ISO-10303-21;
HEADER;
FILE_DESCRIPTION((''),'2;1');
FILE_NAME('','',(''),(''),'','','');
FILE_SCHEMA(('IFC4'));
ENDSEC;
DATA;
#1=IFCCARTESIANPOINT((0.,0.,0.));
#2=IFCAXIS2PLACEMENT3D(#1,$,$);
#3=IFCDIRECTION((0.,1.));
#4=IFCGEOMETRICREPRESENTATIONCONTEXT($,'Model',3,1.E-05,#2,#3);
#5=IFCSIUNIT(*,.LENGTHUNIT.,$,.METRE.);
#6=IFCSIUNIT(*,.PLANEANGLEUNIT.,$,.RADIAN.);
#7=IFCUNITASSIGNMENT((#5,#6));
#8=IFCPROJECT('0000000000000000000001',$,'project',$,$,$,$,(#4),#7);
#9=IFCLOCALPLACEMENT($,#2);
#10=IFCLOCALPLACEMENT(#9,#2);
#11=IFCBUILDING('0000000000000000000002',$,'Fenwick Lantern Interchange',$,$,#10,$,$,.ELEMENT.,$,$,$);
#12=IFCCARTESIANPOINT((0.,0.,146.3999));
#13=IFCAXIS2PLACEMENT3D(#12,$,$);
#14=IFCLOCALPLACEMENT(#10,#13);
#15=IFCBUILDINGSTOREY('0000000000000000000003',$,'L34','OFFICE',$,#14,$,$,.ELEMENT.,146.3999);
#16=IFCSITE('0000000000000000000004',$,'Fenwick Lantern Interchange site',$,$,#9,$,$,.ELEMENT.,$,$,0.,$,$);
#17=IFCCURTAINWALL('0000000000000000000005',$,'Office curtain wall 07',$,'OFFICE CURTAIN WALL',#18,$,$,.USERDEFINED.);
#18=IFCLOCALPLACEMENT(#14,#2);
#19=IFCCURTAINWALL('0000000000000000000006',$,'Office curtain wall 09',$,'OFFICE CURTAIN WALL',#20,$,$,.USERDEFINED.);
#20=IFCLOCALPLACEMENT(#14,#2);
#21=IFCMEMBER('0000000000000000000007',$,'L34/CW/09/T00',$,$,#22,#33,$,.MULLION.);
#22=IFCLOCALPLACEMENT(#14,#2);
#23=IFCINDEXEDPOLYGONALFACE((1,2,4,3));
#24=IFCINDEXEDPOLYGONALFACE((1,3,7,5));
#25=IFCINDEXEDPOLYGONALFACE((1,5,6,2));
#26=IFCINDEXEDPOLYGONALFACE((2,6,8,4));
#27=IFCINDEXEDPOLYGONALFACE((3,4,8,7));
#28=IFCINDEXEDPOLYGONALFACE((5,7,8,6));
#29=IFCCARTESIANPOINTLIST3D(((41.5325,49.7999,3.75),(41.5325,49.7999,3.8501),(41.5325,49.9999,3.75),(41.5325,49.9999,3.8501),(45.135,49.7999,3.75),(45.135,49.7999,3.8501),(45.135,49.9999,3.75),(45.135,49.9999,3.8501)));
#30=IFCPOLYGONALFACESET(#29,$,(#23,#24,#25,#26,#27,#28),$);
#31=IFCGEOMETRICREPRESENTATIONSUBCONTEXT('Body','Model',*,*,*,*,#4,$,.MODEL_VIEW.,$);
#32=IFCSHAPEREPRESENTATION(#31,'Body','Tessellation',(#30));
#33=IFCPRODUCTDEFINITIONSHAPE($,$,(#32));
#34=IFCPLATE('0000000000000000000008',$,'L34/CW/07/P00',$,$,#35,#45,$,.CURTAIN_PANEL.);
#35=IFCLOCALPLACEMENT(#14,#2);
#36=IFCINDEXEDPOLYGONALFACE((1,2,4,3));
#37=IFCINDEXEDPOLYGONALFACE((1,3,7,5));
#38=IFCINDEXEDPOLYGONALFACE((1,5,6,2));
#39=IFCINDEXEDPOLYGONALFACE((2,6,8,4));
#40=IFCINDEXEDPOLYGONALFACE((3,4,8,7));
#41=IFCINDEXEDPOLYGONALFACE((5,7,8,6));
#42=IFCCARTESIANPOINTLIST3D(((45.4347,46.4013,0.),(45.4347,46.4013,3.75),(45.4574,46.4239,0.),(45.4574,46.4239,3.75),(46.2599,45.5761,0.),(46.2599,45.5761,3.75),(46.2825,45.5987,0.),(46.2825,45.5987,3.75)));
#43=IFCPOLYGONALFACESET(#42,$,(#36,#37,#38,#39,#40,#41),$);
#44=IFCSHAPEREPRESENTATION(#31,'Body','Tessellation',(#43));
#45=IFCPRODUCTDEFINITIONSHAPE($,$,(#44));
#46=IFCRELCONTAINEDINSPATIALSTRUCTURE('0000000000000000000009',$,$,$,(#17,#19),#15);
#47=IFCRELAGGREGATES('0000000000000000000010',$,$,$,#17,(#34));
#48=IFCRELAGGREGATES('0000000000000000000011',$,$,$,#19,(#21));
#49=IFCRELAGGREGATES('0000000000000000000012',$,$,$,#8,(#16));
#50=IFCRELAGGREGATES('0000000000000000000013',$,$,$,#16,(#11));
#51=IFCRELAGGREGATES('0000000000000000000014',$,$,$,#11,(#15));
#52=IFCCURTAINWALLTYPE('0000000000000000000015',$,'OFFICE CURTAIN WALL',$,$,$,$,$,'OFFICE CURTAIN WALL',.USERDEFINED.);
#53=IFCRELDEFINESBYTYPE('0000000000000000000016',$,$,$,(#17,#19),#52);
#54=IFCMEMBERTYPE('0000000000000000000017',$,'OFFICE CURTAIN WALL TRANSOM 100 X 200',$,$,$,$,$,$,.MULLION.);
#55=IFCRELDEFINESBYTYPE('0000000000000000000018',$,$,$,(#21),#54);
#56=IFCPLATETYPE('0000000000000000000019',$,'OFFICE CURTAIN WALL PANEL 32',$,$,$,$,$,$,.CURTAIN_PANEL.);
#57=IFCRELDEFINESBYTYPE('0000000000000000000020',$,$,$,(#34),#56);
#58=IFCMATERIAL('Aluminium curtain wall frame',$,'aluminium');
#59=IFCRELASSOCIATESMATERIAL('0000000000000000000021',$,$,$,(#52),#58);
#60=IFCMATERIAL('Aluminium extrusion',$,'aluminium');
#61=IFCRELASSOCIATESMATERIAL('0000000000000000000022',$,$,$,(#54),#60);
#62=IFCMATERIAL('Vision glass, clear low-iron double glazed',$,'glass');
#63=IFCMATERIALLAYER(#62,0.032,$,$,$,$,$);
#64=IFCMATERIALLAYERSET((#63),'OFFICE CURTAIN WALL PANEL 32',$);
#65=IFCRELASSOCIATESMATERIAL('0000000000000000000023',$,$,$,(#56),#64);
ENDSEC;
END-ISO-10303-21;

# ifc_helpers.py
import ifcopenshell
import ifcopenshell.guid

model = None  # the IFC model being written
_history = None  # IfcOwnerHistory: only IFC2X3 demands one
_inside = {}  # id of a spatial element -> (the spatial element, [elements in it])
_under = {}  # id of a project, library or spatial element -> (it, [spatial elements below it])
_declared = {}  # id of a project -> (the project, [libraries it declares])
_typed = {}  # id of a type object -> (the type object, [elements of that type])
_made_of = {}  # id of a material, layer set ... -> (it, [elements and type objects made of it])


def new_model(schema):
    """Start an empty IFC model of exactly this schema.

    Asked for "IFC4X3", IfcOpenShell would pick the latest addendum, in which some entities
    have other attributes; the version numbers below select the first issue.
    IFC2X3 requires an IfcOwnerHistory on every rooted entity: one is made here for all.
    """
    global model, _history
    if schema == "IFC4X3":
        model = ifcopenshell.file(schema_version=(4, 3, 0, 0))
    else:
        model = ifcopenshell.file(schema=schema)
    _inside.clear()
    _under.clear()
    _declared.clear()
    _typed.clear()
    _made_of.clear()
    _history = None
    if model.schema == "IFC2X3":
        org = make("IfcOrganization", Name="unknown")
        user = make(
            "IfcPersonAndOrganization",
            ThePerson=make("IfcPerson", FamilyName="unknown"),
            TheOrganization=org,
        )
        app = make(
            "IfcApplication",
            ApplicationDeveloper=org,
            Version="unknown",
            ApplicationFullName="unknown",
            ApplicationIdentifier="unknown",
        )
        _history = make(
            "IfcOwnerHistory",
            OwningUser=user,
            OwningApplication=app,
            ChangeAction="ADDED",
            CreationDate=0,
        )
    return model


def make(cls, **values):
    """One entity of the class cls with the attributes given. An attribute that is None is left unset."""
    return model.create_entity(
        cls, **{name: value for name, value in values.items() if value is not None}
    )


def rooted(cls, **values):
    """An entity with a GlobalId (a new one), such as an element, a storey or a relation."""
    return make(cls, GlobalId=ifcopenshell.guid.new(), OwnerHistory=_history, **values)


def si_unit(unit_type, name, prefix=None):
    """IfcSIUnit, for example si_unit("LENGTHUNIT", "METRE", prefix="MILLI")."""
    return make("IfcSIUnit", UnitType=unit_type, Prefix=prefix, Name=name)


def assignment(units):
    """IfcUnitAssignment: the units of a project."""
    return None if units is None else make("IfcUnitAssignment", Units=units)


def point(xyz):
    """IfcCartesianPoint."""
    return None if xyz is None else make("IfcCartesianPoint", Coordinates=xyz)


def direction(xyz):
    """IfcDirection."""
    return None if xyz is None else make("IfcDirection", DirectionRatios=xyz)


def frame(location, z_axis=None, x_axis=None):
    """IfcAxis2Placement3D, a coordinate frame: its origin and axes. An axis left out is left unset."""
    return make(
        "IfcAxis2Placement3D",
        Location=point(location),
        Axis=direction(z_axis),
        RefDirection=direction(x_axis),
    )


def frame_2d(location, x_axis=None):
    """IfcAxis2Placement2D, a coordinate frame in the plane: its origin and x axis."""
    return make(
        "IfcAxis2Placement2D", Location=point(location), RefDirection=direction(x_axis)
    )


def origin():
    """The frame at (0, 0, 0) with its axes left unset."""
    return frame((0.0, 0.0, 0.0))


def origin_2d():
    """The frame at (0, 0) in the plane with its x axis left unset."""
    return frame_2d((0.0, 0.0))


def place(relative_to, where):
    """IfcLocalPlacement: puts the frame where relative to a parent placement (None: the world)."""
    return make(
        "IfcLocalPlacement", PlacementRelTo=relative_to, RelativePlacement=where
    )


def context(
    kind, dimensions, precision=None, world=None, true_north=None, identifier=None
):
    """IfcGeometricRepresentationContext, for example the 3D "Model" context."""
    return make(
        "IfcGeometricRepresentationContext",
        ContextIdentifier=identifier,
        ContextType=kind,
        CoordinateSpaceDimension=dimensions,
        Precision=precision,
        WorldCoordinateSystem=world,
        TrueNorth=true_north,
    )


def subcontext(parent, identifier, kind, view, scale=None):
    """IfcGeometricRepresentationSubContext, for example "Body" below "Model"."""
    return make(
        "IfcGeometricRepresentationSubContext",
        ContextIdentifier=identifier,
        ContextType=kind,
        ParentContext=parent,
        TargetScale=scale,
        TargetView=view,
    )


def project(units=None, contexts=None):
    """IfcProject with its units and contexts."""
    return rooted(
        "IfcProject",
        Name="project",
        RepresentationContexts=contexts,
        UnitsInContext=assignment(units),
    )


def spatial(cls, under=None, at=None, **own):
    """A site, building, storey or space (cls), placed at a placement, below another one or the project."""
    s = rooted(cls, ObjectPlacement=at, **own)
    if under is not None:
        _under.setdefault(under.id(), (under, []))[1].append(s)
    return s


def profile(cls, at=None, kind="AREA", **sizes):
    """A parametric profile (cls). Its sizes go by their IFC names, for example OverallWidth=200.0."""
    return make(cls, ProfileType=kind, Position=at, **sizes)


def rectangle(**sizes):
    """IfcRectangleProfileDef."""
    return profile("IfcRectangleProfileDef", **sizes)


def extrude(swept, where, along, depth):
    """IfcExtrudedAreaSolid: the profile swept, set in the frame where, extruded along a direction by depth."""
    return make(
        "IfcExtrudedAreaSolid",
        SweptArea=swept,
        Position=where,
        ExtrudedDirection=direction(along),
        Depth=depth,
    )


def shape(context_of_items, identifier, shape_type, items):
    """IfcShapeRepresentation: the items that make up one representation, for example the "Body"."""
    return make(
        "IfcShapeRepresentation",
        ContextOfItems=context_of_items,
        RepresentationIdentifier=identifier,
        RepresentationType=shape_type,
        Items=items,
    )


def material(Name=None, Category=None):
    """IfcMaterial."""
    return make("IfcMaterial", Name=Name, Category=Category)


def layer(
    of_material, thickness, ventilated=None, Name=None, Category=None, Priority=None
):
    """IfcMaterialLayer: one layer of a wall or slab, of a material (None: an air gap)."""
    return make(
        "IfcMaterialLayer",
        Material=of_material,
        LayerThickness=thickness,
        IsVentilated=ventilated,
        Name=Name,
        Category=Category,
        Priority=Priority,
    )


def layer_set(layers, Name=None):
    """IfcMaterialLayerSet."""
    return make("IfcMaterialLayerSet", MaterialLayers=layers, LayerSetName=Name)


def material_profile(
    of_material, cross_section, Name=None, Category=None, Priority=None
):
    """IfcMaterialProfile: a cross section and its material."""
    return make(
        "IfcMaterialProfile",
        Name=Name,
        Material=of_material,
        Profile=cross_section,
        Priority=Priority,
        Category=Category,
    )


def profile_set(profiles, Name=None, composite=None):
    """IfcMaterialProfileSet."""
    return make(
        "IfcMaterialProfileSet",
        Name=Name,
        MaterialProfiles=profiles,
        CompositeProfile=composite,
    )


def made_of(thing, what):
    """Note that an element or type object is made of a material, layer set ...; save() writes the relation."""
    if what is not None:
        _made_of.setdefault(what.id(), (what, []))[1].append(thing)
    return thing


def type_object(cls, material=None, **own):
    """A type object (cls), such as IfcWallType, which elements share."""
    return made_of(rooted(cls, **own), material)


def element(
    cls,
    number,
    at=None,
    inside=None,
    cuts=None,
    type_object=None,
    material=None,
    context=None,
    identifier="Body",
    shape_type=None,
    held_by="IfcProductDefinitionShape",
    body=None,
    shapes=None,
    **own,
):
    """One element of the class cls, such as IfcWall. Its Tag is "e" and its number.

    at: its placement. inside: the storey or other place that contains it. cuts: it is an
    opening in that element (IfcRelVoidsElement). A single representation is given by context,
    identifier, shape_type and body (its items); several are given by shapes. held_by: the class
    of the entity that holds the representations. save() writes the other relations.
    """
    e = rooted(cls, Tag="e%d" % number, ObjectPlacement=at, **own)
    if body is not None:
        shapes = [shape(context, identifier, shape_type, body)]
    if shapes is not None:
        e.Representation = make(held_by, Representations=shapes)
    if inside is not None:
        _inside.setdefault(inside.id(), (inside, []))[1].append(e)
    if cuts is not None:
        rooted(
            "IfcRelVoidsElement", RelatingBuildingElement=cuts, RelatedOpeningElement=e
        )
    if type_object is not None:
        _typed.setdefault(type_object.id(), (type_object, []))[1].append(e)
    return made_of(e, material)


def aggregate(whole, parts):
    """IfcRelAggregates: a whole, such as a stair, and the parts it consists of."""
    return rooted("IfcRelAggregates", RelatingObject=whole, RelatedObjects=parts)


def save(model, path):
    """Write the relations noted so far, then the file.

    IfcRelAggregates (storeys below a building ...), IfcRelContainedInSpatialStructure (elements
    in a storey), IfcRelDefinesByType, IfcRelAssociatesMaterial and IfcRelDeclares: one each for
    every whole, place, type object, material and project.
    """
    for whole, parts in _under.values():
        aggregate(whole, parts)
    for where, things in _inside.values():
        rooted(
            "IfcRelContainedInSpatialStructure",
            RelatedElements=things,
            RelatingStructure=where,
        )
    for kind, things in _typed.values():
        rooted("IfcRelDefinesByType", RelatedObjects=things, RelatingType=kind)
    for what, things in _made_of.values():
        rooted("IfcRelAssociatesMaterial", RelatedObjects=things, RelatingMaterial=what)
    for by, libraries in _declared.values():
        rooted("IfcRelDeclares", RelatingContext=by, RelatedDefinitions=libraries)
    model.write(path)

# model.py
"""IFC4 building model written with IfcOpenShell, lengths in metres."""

from ifc_helpers import new_model, si_unit, direction, frame, origin, origin_2d, place, context, subcontext, project, spatial, rectangle, extrude, material, layer, layer_set, material_profile, profile_set, type_object, element, aggregate, save


model = new_model("IFC4")

# Units and contexts
model_context = context("Model", 3, precision=1e-05, world=origin(), true_north=direction((0.0, 1.0)))
body_context = subcontext(model_context, "Body", "Model", "MODEL_VIEW")
ifc_project = project(units=[si_unit("LENGTHUNIT", "METRE"), si_unit("PLANEANGLEUNIT", "RADIAN")], contexts=[model_context])

# Site, building, storey
site_placement = place(None, origin())
site = spatial("IfcSite", under=ifc_project, at=site_placement, Name="Fenwick Lantern Interchange site", CompositionType="ELEMENT", RefElevation=0.0)
building_placement = place(site_placement, origin())
building = spatial("IfcBuilding", under=site, at=building_placement, Name="Fenwick Lantern Interchange", CompositionType="ELEMENT")
storey_placement = place(building_placement, frame((0.0, 0.0, 146.3999)))
storey = spatial("IfcBuildingStorey", under=building, at=storey_placement, Name="L34", Description="OFFICE", CompositionType="ELEMENT", Elevation=146.3999)

# Shared definitions
ifc_material_1 = material(Name="Aluminium curtain wall frame", Category="aluminium")
curtain_wall_type = type_object("IfcCurtainWallType", Name="OFFICE CURTAIN WALL", ElementType="OFFICE CURTAIN WALL", PredefinedType="USERDEFINED", material=ifc_material_1)
ifc_material_2 = material(Name="Aluminium extrusion", Category="aluminium")

# Curtain wall
curtain_wall_1_placement = place(storey_placement, origin())
curtain_wall_1 = element("IfcCurtainWall", 1, at=curtain_wall_1_placement, inside=storey, type_object=curtain_wall_type, Name="Office curtain wall 07", ObjectType="OFFICE CURTAIN WALL", PredefinedType="USERDEFINED")

# Curtain wall
curtain_wall_2_placement = place(storey_placement, origin())
curtain_wall_2 = element("IfcCurtainWall", 2, at=curtain_wall_2_placement, inside=storey, type_object=curtain_wall_type, Name="Office curtain wall 09", ObjectType="OFFICE CURTAIN WALL", PredefinedType="USERDEFINED")

# Member
ifc_material_profile_1 = material_profile(ifc_material_2, rectangle(XDim=0.2, YDim=0.1001, at=origin_2d()), Name="OFFICE CURTAIN WALL TRANSOM 100 X 200")
ifc_profile_set_1 = profile_set([ifc_material_profile_1], Name="Aluminium extrusion")
member_type_1 = type_object("IfcMemberType", Name="OFFICE CURTAIN WALL TRANSOM 100 X 200", PredefinedType="MULLION", material=ifc_profile_set_1)
member_1_placement = place(storey_placement, frame((45.135, 49.8999, 3.8), z_axis=(-1.0, 0.0, 0.0), x_axis=(0.0, -1.0, 0.0)))
member_1 = element("IfcMember", 3, at=member_1_placement, type_object=member_type_1, Name="L34/CW/09/T00", PredefinedType="MULLION", context=body_context, shape_type="SweptSolid", body=[
    extrude(rectangle(XDim=0.2, YDim=0.1001, at=origin_2d()), origin(), (0.0, 0.0, 1.0), 3.6025),
])

# Plate
ifc_material_3 = material(Name="Vision glass, clear low-iron double glazed", Category="glass")
ifc_layer_1 = layer(ifc_material_3, 0.032)
ifc_layer_set_1 = layer_set([ifc_layer_1], Name="OFFICE CURTAIN WALL PANEL 32")
plate_type = type_object("IfcPlateType", Name="OFFICE CURTAIN WALL PANEL 32", PredefinedType="CURTAIN_PANEL", material=ifc_layer_set_1)
plate_1_placement = place(storey_placement, frame((45.8586, 46.0, 0.0), z_axis=(0.0, 0.0, 1.0), x_axis=(-0.707107, 0.707107, 0.0)))
plate_1 = element("IfcPlate", 4, at=plate_1_placement, type_object=plate_type, Name="L34/CW/07/P00", PredefinedType="CURTAIN_PANEL", context=body_context, shape_type="SweptSolid", body=[
    extrude(rectangle(XDim=1.167, YDim=0.032, at=origin_2d()), origin(), (0.0, 0.0, 1.0), 3.75),
])
aggregate(curtain_wall_1, [plate_1])
aggregate(curtain_wall_2, [member_1])

save(model, "model.ifc")
